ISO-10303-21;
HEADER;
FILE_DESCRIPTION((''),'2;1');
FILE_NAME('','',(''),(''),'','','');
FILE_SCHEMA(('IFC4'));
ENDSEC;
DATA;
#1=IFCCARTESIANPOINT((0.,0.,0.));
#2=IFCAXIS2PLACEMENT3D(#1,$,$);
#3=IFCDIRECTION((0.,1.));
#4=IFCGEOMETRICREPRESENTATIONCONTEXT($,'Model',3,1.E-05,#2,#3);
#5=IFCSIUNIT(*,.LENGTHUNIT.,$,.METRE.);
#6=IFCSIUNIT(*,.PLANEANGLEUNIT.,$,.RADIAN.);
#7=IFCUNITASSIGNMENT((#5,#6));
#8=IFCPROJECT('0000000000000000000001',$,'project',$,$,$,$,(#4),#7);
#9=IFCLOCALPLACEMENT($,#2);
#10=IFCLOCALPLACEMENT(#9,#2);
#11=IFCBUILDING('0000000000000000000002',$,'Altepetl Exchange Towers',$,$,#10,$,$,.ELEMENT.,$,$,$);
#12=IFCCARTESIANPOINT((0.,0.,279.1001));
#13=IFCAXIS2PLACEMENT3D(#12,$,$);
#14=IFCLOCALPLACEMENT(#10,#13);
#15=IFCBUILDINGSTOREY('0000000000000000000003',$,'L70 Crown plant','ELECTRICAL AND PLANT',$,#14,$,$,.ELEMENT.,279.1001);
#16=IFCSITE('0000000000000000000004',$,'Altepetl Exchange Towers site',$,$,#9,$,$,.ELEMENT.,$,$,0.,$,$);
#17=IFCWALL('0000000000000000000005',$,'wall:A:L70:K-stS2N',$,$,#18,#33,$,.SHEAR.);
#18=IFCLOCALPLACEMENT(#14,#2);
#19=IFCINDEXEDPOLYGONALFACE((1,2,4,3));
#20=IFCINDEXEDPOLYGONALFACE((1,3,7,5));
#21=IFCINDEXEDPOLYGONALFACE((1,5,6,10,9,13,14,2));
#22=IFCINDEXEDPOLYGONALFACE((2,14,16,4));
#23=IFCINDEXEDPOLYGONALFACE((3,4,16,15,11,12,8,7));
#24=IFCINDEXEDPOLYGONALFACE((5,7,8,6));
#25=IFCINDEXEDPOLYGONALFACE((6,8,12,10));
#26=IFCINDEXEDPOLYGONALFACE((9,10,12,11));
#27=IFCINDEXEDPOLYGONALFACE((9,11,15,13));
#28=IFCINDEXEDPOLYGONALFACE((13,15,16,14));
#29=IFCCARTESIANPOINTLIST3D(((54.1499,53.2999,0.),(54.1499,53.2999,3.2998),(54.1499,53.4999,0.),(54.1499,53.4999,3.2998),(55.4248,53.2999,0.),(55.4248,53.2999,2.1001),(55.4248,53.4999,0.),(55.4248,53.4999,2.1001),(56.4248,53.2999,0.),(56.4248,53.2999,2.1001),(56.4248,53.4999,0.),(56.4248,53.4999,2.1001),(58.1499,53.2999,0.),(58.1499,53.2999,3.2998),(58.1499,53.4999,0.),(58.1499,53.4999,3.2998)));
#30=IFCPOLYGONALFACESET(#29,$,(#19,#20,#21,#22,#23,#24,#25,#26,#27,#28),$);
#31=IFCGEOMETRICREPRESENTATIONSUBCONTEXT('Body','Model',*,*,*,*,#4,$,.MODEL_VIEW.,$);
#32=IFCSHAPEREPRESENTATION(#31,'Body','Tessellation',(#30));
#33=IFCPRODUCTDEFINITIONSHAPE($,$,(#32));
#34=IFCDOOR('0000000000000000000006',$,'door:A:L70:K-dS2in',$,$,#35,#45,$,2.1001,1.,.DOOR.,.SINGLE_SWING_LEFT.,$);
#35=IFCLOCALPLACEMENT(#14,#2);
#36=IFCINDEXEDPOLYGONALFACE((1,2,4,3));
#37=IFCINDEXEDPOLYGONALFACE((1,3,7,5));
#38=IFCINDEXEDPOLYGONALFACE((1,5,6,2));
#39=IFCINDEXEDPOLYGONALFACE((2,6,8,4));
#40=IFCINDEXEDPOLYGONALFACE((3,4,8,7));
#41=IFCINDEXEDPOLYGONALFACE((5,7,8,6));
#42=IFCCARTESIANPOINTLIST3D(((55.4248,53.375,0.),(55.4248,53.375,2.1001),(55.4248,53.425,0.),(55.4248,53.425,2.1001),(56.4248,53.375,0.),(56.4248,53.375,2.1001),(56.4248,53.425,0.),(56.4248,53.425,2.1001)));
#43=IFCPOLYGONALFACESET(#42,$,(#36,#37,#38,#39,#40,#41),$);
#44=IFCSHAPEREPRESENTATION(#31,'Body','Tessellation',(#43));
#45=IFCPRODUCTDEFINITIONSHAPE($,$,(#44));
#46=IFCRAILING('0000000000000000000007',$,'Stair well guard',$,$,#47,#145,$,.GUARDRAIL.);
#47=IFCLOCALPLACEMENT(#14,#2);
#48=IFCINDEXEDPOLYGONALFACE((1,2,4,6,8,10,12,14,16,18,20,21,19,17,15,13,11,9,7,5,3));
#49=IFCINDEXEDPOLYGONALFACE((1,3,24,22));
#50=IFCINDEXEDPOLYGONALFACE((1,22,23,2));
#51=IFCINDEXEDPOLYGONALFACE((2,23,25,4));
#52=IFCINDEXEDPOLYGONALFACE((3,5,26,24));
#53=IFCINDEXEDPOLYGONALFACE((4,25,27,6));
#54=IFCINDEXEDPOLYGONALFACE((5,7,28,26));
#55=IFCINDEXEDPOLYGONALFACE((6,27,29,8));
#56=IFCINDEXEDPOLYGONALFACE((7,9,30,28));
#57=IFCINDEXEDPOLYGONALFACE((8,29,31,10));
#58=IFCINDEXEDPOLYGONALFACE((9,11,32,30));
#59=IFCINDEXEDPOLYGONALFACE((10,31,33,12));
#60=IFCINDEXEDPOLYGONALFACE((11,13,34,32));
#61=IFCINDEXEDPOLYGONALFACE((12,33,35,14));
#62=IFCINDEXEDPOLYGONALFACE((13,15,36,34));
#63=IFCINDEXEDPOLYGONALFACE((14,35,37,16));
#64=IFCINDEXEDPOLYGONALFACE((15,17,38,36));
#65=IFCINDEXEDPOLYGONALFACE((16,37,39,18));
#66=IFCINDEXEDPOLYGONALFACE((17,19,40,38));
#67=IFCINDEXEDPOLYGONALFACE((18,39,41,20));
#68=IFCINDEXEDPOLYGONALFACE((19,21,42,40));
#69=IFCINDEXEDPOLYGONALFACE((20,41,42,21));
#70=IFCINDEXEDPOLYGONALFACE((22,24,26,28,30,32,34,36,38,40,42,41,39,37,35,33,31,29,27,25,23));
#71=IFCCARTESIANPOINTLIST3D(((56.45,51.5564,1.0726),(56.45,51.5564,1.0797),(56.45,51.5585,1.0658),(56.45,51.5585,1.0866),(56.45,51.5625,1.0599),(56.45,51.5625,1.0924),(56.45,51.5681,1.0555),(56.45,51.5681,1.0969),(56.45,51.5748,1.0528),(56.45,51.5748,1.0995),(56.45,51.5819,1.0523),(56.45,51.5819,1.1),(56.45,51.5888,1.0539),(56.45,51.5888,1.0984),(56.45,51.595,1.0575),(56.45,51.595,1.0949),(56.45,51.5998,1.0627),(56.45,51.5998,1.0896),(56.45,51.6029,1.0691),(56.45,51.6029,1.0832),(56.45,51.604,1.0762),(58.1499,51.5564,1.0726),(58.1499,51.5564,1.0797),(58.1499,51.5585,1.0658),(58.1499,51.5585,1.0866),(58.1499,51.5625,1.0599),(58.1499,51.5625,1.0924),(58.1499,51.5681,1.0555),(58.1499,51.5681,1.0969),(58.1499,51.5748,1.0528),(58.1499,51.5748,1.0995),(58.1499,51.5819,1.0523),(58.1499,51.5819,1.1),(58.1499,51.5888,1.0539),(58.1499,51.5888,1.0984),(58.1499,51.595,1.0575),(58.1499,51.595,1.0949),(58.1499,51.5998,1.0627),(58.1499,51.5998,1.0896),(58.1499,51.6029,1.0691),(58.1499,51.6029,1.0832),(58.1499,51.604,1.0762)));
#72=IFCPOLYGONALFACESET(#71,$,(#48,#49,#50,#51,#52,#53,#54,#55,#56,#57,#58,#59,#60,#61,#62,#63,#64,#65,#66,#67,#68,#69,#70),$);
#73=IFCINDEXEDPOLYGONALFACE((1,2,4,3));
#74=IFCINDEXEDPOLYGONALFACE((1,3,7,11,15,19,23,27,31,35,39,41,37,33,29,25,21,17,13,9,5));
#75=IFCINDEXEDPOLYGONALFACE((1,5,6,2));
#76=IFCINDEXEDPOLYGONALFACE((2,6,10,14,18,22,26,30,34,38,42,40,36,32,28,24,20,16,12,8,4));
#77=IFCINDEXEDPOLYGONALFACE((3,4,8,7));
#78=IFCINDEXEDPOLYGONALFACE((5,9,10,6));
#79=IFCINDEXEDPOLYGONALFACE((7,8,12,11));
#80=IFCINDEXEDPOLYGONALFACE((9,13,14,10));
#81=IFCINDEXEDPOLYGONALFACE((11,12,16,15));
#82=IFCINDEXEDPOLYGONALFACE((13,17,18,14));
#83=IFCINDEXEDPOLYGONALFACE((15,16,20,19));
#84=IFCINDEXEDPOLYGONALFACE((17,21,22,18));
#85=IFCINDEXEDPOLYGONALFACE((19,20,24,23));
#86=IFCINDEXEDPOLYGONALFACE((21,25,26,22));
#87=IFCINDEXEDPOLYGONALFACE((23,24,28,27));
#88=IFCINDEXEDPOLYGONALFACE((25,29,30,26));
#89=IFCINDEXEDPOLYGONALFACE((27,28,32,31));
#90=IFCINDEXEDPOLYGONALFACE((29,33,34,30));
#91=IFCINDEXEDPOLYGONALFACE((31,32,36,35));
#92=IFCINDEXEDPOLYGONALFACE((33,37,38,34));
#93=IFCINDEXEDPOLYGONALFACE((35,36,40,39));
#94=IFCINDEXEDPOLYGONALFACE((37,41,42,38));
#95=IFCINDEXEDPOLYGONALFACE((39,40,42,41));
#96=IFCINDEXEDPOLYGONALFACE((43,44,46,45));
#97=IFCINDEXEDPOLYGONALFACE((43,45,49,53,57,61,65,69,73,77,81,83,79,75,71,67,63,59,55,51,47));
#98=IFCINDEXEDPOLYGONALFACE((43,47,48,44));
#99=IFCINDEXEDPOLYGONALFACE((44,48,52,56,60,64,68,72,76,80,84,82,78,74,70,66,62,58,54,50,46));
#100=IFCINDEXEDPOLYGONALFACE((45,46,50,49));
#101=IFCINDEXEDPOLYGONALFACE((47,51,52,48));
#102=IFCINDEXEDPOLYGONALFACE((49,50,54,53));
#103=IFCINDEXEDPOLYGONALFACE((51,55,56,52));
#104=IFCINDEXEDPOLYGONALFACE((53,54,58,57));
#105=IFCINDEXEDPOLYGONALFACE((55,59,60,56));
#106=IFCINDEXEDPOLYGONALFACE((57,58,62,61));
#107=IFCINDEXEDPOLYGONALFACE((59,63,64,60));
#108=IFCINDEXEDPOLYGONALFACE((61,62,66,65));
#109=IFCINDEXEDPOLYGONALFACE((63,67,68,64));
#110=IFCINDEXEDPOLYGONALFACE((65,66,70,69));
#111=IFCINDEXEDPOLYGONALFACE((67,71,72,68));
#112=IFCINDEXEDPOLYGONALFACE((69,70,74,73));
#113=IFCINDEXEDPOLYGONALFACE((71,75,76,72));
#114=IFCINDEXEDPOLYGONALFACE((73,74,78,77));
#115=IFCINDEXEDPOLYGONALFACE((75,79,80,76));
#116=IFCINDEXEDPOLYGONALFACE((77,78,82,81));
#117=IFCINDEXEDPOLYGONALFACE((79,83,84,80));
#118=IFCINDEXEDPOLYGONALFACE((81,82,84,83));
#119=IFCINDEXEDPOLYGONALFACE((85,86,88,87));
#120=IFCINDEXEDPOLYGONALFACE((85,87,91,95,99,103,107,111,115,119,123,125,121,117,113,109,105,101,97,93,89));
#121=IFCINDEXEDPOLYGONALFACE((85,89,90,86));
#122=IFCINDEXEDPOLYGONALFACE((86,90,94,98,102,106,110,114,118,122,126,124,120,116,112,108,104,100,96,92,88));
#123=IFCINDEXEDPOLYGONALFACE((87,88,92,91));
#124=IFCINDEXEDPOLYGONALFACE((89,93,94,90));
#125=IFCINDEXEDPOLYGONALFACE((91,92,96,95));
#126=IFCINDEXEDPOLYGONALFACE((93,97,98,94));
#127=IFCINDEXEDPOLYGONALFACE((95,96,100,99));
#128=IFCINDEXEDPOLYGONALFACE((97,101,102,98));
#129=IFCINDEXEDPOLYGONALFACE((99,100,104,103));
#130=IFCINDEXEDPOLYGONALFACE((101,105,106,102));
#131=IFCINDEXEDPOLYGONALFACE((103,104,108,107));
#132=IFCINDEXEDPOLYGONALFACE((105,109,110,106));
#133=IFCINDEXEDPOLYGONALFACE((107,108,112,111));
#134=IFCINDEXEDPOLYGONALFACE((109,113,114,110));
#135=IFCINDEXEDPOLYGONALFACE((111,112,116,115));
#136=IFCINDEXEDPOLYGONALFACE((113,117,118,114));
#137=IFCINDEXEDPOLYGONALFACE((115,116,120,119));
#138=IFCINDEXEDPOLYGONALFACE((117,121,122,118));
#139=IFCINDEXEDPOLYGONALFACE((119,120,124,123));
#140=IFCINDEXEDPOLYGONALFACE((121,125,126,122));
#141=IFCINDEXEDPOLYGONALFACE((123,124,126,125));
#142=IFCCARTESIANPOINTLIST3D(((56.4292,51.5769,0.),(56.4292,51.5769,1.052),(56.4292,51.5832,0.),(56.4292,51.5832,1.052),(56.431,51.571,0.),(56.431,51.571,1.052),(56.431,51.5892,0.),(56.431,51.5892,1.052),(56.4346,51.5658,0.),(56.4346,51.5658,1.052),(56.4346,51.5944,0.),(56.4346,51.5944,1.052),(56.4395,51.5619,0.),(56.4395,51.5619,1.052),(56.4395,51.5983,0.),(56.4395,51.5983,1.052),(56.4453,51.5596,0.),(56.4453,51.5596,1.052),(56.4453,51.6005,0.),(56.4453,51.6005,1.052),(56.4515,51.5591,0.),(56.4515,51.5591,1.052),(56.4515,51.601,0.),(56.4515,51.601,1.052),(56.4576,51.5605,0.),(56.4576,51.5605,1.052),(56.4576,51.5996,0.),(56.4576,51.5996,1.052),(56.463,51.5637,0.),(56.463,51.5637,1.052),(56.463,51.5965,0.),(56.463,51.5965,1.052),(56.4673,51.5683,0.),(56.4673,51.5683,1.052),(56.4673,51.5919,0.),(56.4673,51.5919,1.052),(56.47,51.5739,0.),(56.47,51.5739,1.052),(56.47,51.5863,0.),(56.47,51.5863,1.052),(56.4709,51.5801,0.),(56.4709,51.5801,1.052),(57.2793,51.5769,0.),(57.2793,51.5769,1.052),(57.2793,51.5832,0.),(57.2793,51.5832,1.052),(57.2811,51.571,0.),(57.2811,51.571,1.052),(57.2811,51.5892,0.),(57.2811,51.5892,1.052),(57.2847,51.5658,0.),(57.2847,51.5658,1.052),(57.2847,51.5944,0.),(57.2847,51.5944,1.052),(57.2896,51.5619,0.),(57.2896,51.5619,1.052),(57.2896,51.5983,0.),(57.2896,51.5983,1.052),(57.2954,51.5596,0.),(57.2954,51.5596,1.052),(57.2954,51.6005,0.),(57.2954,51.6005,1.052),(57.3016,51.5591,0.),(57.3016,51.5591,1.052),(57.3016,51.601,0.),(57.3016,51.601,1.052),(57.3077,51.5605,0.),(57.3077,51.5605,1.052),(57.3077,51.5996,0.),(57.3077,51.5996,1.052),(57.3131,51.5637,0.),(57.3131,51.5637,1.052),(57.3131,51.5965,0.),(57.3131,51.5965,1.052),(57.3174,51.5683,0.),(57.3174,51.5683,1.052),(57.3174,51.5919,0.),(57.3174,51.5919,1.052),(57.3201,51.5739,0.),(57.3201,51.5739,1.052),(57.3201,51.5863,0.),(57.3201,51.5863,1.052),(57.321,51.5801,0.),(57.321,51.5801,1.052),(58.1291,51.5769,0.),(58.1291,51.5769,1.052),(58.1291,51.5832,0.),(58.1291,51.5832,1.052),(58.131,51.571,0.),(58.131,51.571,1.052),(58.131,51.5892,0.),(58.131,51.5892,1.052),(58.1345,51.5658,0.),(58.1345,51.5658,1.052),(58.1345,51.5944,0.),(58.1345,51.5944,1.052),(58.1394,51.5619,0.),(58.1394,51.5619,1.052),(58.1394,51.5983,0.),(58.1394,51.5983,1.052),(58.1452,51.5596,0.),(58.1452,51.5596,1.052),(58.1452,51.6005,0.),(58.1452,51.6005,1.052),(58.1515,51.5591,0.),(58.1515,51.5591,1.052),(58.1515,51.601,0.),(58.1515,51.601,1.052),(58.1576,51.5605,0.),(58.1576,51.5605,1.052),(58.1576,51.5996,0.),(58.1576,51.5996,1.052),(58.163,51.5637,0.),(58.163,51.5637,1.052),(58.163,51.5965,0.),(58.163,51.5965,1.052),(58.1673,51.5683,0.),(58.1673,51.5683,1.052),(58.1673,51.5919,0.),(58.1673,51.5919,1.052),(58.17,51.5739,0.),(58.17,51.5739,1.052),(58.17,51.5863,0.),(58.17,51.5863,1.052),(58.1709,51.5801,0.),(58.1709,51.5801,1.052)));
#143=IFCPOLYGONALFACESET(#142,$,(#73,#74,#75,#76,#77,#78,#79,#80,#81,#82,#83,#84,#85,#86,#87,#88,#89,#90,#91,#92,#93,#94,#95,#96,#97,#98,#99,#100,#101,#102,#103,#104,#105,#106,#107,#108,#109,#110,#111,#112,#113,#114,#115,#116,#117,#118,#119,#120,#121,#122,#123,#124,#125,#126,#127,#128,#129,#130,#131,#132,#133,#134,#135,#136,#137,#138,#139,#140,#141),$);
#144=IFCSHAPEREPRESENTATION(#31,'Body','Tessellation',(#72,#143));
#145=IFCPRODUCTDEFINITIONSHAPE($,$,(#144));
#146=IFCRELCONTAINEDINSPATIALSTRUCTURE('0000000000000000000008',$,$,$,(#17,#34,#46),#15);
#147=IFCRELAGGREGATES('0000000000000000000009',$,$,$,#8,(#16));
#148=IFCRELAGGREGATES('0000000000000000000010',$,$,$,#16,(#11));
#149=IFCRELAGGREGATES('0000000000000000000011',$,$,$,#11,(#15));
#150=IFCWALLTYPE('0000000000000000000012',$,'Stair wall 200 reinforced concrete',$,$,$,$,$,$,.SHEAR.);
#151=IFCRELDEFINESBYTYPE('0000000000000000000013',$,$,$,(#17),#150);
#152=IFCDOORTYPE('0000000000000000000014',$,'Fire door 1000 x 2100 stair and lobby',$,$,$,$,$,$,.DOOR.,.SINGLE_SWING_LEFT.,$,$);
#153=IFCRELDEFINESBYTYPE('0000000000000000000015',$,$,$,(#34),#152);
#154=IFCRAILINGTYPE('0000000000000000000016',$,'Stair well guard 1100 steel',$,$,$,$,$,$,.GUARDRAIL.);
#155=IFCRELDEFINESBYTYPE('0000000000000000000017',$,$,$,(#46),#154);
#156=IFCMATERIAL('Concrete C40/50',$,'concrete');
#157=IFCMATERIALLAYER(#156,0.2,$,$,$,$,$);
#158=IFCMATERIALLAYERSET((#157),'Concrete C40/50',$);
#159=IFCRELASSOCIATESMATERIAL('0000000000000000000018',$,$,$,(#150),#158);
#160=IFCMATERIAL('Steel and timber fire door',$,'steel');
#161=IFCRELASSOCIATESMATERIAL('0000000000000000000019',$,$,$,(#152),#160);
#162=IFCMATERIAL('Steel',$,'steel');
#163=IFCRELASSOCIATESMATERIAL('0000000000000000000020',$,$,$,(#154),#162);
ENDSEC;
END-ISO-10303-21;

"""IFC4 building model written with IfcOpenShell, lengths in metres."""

from ifc_helpers import new_model, si_unit, direction, frame, frame_2d, origin, origin_2d, place, context, subcontext, project, spatial, rectangle, circle, extrude, source, transform, mapped, material, layer, layer_set, type_object, element, fill, save


model = new_model("IFC4")

# Units and contexts
model_context = context("Model", 3, precision=1e-05, world=origin(), true_north=direction((0.0, 1.0)))
body_context = subcontext(model_context, "Body", "Model", "MODEL_VIEW")
ifc_project = project(units=[si_unit("LENGTHUNIT", "METRE"), si_unit("PLANEANGLEUNIT", "RADIAN")], contexts=[model_context])

# Site, building, storey
site_placement = place(None, origin())
site = spatial("IfcSite", under=ifc_project, at=site_placement, Name="Altepetl Exchange Towers site", CompositionType="ELEMENT", RefElevation=0.0)
building_placement = place(site_placement, origin())
building = spatial("IfcBuilding", under=site, at=building_placement, Name="Altepetl Exchange Towers", CompositionType="ELEMENT")
storey_placement = place(building_placement, frame((0.0, 0.0, 279.1001)))
storey = spatial("IfcBuildingStorey", under=building, at=storey_placement, Name="L70 Crown plant", Description="ELECTRICAL AND PLANT", CompositionType="ELEMENT", Elevation=279.1001)

# Wall, opening, door
ifc_material_1 = material(Name="Concrete C40/50", Category="concrete")
ifc_layer_1 = layer(ifc_material_1, 0.2)
ifc_layer_set_1 = layer_set([ifc_layer_1], Name="Concrete C40/50")
wall_type = type_object("IfcWallType", Name="Stair wall 200 reinforced concrete", PredefinedType="SHEAR", material=ifc_layer_set_1)
wall_placement = place(storey_placement, frame((54.1499, 53.3999, 0.0)))
wall = element("IfcWall", 1, at=wall_placement, inside=storey, type_object=wall_type, Name="wall:A:L70:K-stS2N", PredefinedType="SHEAR", context=body_context, shape_type="SweptSolid", body=[
    extrude(rectangle(XDim=4.0, YDim=0.2, at=frame_2d((2.0, 0.0))), origin(), (0.0, 0.0, 1.0), 3.2998),
])
opening_placement = place(wall_placement, frame((1.2749, 0.0, 0.0)))
opening = element("IfcOpeningElement", 2, at=opening_placement, cuts=wall, PredefinedType="OPENING", context=body_context, shape_type="SweptSolid", body=[
    extrude(rectangle(XDim=1.0, YDim=2.1001, at=frame_2d((0.5, 1.05))), frame((0.0, 0.1099, 0.0), z_axis=(0.0, -1.0, 0.0), x_axis=(1.0, 0.0, 0.0)), (0.0, 0.0, 1.0), 0.22),
])
ifc_material_2 = material(Name="Steel and timber fire door", Category="steel")
door_type = type_object("IfcDoorType", Name="Fire door 1000 x 2100 stair and lobby", OperationType="SINGLE_SWING_LEFT", PredefinedType="DOOR", material=ifc_material_2)
door_placement = place(opening_placement, frame((1.0, 0.0, 0.0), x_axis=(-1.0, 0.0, 0.0)))
door = element("IfcDoor", 3, at=door_placement, inside=storey, type_object=door_type, Name="door:A:L70:K-dS2in", OperationType="SINGLE_SWING_LEFT", OverallHeight=2.1001, OverallWidth=1.0, PredefinedType="DOOR", context=body_context, shape_type="SweptSolid", body=[
    extrude(rectangle(XDim=1.0, YDim=2.1001, at=frame_2d((0.5, 1.05))), frame((0.0, 0.0249, 0.0), z_axis=(0.0, -1.0, 0.0), x_axis=(1.0, 0.0, 0.0)), (0.0, 0.0, 1.0), 0.05),
])
fill(opening, door)

# Railing
ifc_material_3 = material(Name="Steel", Category="steel")
railing_type = type_object("IfcRailingType", Name="Stair well guard 1100 steel", PredefinedType="GUARDRAIL", material=ifc_material_3)
shared_shape = source(origin(), body_context, "Body", "SweptSolid", [
    extrude(circle(Radius=0.021, at=origin_2d()), origin(), (0.0, 0.0, 1.0), 1.052),
])
railing_placement = place(storey_placement, frame((56.45, 51.5801, 0.0)))
element("IfcRailing", 4, at=railing_placement, inside=storey, type_object=railing_type, Name="Stair well guard", PredefinedType="GUARDRAIL", context=body_context, shape_type="SweptSolid", body=[
    extrude(circle(Radius=0.0239, at=origin_2d()), frame((0.0, 0.0, 1.0762), z_axis=(1.0, 0.0, 0.0), x_axis=(0.0, 1.0, 0.0)), (0.0, 0.0, 1.0), 1.7),
    mapped(shared_shape, transform((0.0, 0.0, 0.0))),
    mapped(shared_shape, transform((0.8501, 0.0, 0.0))),
    mapped(shared_shape, transform((1.7, 0.0, 0.0))),
])

save(model, "model.ifc")
